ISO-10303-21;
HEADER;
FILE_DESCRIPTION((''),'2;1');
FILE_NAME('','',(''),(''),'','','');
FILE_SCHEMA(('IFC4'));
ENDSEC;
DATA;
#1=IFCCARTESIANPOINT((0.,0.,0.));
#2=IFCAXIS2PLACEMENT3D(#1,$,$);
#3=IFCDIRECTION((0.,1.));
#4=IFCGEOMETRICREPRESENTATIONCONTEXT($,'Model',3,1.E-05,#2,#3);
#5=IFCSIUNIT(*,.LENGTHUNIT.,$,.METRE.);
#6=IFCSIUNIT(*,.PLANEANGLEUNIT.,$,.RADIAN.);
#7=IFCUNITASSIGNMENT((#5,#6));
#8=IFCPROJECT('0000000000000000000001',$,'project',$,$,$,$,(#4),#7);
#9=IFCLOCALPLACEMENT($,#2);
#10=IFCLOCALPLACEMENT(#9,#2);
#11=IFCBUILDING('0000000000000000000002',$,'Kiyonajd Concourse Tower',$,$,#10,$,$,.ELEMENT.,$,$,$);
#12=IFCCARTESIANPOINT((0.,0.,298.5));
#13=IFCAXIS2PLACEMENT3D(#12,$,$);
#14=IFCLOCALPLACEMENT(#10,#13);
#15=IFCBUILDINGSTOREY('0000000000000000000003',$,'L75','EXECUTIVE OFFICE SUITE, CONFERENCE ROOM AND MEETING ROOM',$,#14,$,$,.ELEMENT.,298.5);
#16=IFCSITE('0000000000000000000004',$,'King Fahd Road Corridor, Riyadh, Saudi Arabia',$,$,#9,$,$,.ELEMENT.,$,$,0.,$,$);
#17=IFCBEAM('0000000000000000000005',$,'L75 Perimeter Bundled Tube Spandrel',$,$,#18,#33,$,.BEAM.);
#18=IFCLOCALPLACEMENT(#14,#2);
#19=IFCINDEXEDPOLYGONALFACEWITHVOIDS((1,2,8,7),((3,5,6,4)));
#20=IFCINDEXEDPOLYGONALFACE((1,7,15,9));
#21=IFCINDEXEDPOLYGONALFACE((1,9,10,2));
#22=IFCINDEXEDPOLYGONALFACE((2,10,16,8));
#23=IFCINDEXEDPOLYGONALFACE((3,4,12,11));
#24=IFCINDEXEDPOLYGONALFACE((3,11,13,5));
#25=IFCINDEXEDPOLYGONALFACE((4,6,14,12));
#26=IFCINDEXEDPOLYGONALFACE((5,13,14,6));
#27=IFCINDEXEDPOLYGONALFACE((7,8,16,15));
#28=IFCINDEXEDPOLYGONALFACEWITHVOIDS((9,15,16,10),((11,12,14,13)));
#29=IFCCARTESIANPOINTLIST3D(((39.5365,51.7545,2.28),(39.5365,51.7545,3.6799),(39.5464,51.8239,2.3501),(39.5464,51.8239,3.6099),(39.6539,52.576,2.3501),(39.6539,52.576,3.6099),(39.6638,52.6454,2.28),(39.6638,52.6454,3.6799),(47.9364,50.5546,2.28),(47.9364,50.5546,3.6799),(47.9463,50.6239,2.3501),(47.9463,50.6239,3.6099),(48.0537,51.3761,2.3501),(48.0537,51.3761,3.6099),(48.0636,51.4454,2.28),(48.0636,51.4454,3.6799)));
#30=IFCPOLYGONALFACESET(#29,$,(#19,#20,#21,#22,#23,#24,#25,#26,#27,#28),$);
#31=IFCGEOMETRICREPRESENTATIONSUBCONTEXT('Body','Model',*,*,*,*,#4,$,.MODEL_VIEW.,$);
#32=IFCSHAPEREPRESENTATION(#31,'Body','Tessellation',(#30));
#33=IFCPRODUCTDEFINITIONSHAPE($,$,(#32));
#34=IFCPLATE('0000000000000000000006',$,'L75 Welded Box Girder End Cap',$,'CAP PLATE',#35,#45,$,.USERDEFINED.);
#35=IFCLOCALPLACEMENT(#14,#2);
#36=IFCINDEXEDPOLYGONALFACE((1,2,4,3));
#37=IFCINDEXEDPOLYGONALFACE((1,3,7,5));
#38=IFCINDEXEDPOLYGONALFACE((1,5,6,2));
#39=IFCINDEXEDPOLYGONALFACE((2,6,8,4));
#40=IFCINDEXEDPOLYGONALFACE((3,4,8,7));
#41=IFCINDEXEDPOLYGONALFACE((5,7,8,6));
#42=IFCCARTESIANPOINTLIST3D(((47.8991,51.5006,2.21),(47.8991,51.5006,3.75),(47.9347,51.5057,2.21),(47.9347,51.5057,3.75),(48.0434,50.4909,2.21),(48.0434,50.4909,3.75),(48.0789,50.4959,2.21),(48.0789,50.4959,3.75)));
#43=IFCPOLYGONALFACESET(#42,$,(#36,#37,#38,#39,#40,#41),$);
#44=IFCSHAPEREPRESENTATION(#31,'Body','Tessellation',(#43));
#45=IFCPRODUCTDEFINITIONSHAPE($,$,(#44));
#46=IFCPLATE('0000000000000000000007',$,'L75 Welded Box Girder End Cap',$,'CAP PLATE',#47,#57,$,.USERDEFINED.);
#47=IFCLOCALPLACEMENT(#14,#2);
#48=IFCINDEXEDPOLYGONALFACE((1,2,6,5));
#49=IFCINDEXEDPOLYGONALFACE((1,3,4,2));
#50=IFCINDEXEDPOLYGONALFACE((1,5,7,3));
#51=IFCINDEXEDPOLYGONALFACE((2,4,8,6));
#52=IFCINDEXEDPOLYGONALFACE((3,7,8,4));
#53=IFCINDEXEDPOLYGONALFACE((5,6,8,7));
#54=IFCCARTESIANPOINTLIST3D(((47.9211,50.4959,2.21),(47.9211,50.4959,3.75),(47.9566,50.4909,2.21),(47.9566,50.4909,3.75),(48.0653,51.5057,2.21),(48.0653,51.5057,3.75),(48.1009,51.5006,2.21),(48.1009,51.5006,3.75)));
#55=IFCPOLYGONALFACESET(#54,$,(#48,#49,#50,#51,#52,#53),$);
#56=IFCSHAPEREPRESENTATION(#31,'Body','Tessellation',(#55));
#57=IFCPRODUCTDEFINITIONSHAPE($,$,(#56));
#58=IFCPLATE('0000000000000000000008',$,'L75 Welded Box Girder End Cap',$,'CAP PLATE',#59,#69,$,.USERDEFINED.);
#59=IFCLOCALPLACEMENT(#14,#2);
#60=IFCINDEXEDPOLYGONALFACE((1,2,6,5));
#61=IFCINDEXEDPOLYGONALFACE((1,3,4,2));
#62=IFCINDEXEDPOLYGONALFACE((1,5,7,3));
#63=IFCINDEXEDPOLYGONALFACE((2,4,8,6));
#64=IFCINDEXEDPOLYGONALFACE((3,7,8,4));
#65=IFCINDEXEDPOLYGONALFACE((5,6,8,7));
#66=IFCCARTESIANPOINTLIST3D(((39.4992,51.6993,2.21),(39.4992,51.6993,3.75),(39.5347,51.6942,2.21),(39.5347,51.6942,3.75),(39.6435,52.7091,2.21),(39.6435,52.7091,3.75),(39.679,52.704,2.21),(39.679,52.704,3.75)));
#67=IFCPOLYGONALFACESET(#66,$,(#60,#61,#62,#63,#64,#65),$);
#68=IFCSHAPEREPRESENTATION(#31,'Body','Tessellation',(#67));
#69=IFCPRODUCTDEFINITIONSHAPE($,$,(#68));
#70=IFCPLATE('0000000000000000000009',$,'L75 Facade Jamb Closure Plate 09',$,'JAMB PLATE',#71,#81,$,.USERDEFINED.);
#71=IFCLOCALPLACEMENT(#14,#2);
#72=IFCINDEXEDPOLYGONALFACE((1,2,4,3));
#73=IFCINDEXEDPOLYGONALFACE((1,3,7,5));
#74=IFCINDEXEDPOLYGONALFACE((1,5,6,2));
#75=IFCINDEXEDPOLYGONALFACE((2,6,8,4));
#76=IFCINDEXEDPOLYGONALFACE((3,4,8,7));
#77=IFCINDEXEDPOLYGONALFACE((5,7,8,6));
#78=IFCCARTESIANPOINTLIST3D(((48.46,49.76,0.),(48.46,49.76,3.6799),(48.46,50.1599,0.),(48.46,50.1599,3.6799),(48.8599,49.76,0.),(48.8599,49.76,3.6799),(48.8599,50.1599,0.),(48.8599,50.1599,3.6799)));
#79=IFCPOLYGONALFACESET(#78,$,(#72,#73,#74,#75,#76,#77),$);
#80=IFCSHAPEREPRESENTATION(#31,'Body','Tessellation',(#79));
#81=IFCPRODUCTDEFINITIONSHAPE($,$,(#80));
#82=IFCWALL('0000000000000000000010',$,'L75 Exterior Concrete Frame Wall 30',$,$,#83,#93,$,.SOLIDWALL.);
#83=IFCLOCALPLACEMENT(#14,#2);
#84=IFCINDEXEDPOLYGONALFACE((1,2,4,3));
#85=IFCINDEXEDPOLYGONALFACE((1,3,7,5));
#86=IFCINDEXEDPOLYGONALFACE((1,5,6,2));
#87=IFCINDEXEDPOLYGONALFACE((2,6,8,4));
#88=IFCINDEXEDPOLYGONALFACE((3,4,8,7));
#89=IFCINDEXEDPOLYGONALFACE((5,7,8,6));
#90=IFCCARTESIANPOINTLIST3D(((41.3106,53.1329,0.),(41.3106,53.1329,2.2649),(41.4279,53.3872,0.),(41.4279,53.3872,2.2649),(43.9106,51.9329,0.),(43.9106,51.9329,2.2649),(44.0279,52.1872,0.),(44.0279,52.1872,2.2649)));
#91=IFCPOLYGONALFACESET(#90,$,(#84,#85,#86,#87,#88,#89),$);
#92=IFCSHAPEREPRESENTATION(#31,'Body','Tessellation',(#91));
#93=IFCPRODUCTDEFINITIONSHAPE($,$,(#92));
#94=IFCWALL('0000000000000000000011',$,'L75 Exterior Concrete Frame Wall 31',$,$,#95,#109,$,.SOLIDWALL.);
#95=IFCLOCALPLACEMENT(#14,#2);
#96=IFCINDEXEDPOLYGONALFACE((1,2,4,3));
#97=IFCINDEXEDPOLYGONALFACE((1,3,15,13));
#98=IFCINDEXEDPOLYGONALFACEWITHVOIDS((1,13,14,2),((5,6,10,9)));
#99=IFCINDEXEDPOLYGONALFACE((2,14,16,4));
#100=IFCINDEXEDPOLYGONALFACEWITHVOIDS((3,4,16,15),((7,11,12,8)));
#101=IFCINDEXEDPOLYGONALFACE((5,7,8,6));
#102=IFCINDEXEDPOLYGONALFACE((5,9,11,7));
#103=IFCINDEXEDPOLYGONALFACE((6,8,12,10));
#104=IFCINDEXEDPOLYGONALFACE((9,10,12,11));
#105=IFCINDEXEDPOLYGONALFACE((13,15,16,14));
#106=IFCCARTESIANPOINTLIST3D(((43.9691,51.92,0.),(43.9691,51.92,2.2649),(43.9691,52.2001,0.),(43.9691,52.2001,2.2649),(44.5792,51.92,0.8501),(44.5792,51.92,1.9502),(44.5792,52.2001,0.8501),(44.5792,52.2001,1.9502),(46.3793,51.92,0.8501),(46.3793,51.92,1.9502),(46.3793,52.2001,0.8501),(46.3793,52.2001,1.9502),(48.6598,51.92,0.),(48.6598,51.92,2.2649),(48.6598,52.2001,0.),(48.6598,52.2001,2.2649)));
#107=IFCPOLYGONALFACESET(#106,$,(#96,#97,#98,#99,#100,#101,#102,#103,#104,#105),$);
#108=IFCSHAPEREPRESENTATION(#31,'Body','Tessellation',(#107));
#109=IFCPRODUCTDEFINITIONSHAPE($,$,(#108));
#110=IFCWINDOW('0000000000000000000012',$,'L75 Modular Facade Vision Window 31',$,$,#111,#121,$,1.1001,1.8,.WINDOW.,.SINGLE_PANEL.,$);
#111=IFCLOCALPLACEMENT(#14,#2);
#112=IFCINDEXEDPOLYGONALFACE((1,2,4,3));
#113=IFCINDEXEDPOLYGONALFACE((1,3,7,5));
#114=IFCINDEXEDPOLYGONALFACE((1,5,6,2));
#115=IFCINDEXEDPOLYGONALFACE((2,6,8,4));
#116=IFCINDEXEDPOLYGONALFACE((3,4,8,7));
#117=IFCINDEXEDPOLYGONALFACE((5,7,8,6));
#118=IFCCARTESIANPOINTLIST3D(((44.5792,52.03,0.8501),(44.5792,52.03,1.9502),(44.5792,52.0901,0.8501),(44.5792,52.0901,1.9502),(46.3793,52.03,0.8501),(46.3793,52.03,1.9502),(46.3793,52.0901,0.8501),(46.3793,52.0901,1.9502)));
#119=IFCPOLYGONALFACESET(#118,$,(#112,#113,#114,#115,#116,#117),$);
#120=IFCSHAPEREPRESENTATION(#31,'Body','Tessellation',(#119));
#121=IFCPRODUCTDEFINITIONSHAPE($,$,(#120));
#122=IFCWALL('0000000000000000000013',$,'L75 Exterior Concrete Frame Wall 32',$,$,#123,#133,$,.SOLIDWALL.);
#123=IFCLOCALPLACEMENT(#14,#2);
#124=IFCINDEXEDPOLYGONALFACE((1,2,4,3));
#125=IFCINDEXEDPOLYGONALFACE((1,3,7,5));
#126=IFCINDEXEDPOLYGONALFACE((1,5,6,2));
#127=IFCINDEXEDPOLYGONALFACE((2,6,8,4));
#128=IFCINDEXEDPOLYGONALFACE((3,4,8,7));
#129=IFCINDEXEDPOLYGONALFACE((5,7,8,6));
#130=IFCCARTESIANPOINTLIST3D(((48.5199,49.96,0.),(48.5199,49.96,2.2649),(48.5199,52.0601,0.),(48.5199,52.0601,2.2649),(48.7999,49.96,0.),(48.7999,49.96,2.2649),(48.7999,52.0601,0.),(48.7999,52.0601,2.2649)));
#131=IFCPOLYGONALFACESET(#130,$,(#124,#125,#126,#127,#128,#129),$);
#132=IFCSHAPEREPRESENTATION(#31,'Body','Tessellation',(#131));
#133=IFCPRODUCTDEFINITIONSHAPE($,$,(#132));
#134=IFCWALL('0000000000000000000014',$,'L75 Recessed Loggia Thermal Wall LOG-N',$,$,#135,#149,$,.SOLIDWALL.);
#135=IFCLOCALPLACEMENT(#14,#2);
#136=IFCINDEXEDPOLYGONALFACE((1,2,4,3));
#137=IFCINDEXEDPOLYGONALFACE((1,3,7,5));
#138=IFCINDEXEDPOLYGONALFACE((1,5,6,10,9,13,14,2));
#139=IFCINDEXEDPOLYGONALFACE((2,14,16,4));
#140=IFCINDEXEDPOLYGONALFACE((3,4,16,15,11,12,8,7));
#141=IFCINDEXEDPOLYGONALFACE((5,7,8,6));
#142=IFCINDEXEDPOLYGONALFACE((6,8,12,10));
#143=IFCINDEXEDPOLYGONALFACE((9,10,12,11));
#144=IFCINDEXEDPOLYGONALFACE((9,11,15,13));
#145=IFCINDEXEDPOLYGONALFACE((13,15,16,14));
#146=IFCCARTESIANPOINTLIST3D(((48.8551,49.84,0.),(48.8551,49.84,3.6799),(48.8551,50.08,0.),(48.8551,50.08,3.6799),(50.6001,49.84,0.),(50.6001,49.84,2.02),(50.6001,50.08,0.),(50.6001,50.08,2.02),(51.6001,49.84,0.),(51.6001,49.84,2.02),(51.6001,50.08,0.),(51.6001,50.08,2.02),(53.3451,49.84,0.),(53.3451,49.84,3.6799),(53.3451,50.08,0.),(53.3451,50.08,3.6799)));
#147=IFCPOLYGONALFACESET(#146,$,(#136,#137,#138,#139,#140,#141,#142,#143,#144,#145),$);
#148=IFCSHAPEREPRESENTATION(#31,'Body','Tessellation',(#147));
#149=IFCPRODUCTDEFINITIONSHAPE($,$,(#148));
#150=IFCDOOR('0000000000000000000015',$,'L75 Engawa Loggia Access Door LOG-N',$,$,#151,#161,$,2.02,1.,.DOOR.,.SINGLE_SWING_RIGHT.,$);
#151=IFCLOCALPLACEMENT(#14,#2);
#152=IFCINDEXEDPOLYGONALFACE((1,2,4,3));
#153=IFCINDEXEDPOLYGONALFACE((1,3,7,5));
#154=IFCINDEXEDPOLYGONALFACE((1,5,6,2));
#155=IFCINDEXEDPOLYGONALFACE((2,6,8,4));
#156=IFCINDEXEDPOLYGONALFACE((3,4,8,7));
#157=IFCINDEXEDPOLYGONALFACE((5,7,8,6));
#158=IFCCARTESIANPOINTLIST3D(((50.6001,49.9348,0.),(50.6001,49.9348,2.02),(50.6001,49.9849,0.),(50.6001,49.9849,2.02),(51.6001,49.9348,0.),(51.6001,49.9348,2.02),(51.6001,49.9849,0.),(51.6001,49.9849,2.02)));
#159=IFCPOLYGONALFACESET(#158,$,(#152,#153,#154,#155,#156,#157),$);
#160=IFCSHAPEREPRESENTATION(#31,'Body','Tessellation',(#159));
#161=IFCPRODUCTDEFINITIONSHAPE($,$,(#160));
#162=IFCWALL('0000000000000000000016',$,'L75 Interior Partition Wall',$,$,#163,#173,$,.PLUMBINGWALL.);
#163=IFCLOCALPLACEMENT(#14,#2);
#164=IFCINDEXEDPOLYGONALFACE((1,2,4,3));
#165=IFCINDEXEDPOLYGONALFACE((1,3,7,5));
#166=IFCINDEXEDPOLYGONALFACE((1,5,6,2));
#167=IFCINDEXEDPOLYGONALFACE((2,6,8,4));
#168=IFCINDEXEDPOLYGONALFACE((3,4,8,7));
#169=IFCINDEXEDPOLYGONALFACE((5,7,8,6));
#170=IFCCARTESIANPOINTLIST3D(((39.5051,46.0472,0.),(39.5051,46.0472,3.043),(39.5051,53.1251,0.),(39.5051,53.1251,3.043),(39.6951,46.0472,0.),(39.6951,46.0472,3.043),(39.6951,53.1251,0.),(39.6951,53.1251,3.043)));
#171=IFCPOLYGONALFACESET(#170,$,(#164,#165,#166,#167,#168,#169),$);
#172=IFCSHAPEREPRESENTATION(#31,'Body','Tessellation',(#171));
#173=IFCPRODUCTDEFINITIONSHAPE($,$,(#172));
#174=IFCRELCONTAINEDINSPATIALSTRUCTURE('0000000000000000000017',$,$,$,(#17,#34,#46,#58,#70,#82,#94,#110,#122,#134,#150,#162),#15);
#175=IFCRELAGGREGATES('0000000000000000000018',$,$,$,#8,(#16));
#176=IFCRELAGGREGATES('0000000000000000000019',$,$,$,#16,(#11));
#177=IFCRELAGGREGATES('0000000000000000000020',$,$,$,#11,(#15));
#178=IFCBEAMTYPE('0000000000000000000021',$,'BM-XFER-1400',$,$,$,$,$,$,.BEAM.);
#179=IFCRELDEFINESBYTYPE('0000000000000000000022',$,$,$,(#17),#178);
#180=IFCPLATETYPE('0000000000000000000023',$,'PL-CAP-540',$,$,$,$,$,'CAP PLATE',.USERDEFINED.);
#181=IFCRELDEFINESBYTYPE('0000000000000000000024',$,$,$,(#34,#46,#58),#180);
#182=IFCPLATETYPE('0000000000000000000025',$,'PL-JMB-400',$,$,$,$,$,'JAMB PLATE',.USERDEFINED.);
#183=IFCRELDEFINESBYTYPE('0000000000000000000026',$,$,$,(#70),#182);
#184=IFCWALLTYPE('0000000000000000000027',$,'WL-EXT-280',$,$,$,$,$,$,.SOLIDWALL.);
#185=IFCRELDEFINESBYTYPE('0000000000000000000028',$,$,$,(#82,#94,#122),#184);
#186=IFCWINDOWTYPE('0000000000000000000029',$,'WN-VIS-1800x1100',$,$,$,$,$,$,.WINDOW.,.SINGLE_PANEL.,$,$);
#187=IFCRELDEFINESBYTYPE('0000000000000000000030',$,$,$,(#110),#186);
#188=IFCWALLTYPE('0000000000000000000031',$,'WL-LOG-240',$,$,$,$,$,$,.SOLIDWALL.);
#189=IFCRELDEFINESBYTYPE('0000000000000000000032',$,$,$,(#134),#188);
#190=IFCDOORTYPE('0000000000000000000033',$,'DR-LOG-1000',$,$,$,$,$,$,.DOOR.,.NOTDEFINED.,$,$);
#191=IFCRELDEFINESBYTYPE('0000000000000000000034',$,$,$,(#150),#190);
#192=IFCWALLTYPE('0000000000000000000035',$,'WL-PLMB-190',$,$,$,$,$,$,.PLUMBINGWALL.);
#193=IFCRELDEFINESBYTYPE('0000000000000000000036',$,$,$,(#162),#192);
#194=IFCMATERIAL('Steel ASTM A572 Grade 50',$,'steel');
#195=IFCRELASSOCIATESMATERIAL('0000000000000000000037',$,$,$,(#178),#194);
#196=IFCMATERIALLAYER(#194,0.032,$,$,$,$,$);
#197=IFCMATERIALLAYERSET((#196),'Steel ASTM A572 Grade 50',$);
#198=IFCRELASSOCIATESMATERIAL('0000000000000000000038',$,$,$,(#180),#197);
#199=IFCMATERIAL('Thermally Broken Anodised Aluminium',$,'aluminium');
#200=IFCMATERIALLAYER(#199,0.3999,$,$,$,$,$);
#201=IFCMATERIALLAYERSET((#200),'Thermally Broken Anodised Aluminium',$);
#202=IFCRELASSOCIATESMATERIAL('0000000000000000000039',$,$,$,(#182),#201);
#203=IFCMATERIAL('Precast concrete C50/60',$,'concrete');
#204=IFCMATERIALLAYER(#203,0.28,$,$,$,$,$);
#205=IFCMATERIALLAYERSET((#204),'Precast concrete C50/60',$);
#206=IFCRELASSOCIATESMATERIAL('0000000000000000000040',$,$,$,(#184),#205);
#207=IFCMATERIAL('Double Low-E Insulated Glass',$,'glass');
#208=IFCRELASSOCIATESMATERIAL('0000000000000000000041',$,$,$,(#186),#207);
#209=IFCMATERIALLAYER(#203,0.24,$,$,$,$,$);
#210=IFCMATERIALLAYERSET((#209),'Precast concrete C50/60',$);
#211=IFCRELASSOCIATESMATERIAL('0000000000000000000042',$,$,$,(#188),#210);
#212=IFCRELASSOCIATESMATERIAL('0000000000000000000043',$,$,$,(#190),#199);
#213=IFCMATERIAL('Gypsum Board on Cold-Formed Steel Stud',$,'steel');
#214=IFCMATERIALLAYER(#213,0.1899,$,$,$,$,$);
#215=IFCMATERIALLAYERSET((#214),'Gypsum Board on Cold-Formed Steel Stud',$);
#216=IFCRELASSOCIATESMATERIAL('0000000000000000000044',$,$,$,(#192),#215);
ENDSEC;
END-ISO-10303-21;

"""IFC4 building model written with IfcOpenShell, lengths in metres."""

from ifc_helpers import new_model, si_unit, direction, frame, frame_2d, origin, origin_2d, place, context, subcontext, project, spatial, rectangle, hollow_rectangle, extrude, material, layer, layer_set, material_profile, profile_set, type_object, element, fill, save


model = new_model("IFC4")

# Units and contexts
model_context = context("Model", 3, precision=1e-05, world=origin(), true_north=direction((0.0, 1.0)))
body_context = subcontext(model_context, "Body", "Model", "MODEL_VIEW")
ifc_project = project(units=[si_unit("LENGTHUNIT", "METRE"), si_unit("PLANEANGLEUNIT", "RADIAN")], contexts=[model_context])

# Site, building, storey
site_placement = place(None, origin())
site = spatial("IfcSite", under=ifc_project, at=site_placement, Name="King Fahd Road Corridor, Riyadh, Saudi Arabia", CompositionType="ELEMENT", RefElevation=0.0)
building_placement = place(site_placement, origin())
building = spatial("IfcBuilding", under=site, at=building_placement, Name="Kiyonajd Concourse Tower", CompositionType="ELEMENT")
storey_placement = place(building_placement, frame((0.0, 0.0, 298.5)))
storey = spatial("IfcBuildingStorey", under=building, at=storey_placement, Name="L75", Description="EXECUTIVE OFFICE SUITE, CONFERENCE ROOM AND MEETING ROOM", CompositionType="ELEMENT", Elevation=298.5)

# Beam
ifc_material_1 = material(Name="Steel ASTM A572 Grade 50", Category="steel")
ifc_material_profile_1 = material_profile(ifc_material_1, hollow_rectangle(XDim=0.8999, YDim=1.3999, WallThickness=0.0701, at=origin_2d()), Name="BOX-1400x900x70")
ifc_profile_set_1 = profile_set([ifc_material_profile_1], Name="Steel ASTM A572 Grade 50")
beam_type_1 = type_object("IfcBeamType", Name="BM-XFER-1400", PredefinedType="BEAM", material=ifc_profile_set_1)
beam_1_placement = place(storey_placement, frame((48.0, 51.0, 2.98), z_axis=(-0.98995, 0.141417, 0.0), x_axis=(-0.141417, -0.98995, 0.0)))
element("IfcBeam", 1, at=beam_1_placement, inside=storey, type_object=beam_type_1, Name="L75 Perimeter Bundled Tube Spandrel", PredefinedType="BEAM", context=body_context, shape_type="SweptSolid", body=[
    extrude(hollow_rectangle(XDim=0.8999, YDim=1.3999, WallThickness=0.0701, at=origin_2d()), origin(), (0.0, 0.0, 1.0), 8.4851),
])

# Plates
ifc_layer_1 = layer(ifc_material_1, 0.032)
ifc_layer_set_1 = layer_set([ifc_layer_1], Name="Steel ASTM A572 Grade 50")
plate_type_1 = type_object("IfcPlateType", Name="PL-CAP-540", ElementType="CAP PLATE", PredefinedType="USERDEFINED", material=ifc_layer_set_1)
for number, where, z_axis, x_axis, name in (
    (2, (47.989, 50.9983, 2.21), (0.0, 0.0, 1.0), (-0.98995, -0.14142, 0.0), "L75 Welded Box Girder End Cap"),
    (3, (48.011, 50.9983, 2.21), (0.0, 0.0, 1.0), (0.98995, -0.14142, 0.0), "L75 Welded Box Girder End Cap"),
    (4, (39.5891, 52.2017, 2.21), (0.0, 0.0, 1.0), (-0.98995, 0.14142, 0.0), "L75 Welded Box Girder End Cap"),
):
    element("IfcPlate", number, at=place(storey_placement, frame(where, z_axis=z_axis, x_axis=x_axis)), inside=storey, type_object=plate_type_1, Name=name, ObjectType="CAP PLATE", PredefinedType="USERDEFINED", context=body_context, shape_type="SweptSolid", body=[
        extrude(rectangle(XDim=0.0359, YDim=1.02, at=origin_2d()), origin(), (0.0, 0.0, 1.0), 1.54),
    ])
ifc_material_2 = material(Name="Thermally Broken Anodised Aluminium", Category="aluminium")
ifc_layer_2 = layer(ifc_material_2, 0.3999)
ifc_layer_set_2 = layer_set([ifc_layer_2], Name="Thermally Broken Anodised Aluminium")
plate_type_2 = type_object("IfcPlateType", Name="PL-JMB-400", ElementType="JAMB PLATE", PredefinedType="USERDEFINED", material=ifc_layer_set_2)
plate_placement = place(storey_placement, frame((48.6599, 49.96, 0.0), z_axis=(0.0, 0.0, 1.0), x_axis=(1.0, 0.0, 0.0)))
element("IfcPlate", 5, at=plate_placement, inside=storey, type_object=plate_type_2, Name="L75 Facade Jamb Closure Plate 09", ObjectType="JAMB PLATE", PredefinedType="USERDEFINED", context=body_context, shape_type="SweptSolid", body=[
    extrude(rectangle(XDim=0.3999, YDim=0.3999, at=origin_2d()), origin(), (0.0, 0.0, 1.0), 3.6799),
])

# Wall
ifc_material_3 = material(Name="Precast concrete C50/60", Category="concrete")
ifc_layer_3 = layer(ifc_material_3, 0.28)
ifc_layer_set_3 = layer_set([ifc_layer_3], Name="Precast concrete C50/60")
wall_type_1 = type_object("IfcWallType", Name="WL-EXT-280", PredefinedType="SOLIDWALL", material=ifc_layer_set_3)
wall_1_placement = place(storey_placement, frame((41.3694, 53.26, 0.0), z_axis=(0.0, 0.0, 1.0), x_axis=(0.907957, -0.419064, 0.0)))
element("IfcWall", 6, at=wall_1_placement, inside=storey, type_object=wall_type_1, Name="L75 Exterior Concrete Frame Wall 30", PredefinedType="SOLIDWALL", context=body_context, shape_type="SweptSolid", body=[
    extrude(rectangle(XDim=2.8635, YDim=0.28, at=frame_2d((1.4316, 0.0))), origin(), (0.0, 0.0, 1.0), 2.2649),
])

# Wall, opening, window
wall_2_placement = place(storey_placement, frame((43.9692, 52.0601, 0.0), z_axis=(0.0, 0.0, 1.0), x_axis=(1.0, 0.0, 0.0)))
wall_2 = element("IfcWall", 7, at=wall_2_placement, inside=storey, type_object=wall_type_1, Name="L75 Exterior Concrete Frame Wall 31", PredefinedType="SOLIDWALL", context=body_context, shape_type="SweptSolid", body=[
    extrude(rectangle(XDim=4.6907, YDim=0.28, at=frame_2d((2.3452, 0.0))), origin(), (0.0, 0.0, 1.0), 2.2649),
])
opening_1_placement = place(wall_2_placement, frame((0.6101, 0.0, 0.8501)))
opening_1 = element("IfcOpeningElement", 8, at=opening_1_placement, cuts=wall_2, PredefinedType="OPENING", context=body_context, shape_type="SweptSolid", body=[
    extrude(rectangle(XDim=1.8, YDim=1.1001, at=frame_2d((0.8999, 0.55))), frame((0.0, 0.1499, 0.0), z_axis=(0.0, -1.0, 0.0), x_axis=(1.0, 0.0, 0.0)), (0.0, 0.0, 1.0), 0.3),
])
ifc_material_4 = material(Name="Double Low-E Insulated Glass", Category="glass")
window_type = type_object("IfcWindowType", Name="WN-VIS-1800x1100", PartitioningType="SINGLE_PANEL", PredefinedType="WINDOW", material=ifc_material_4)
window_placement = place(opening_1_placement, origin())
window = element("IfcWindow", 9, at=window_placement, inside=storey, type_object=window_type, Name="L75 Modular Facade Vision Window 31", OverallHeight=1.1001, OverallWidth=1.8, PartitioningType="SINGLE_PANEL", PredefinedType="WINDOW", context=body_context, shape_type="SweptSolid", body=[
    extrude(rectangle(XDim=1.8, YDim=1.1001, at=frame_2d((0.8999, 0.55))), frame((0.0, 0.03, 0.0), z_axis=(0.0, -1.0, 0.0), x_axis=(1.0, 0.0, 0.0)), (0.0, 0.0, 1.0), 0.0601),
])
fill(opening_1, window)

# Wall
wall_3_placement = place(storey_placement, frame((48.6599, 52.0601, 0.0), z_axis=(0.0, 0.0, 1.0), x_axis=(0.0, -1.0, 0.0)))
element("IfcWall", 10, at=wall_3_placement, inside=storey, type_object=wall_type_1, Name="L75 Exterior Concrete Frame Wall 32", PredefinedType="SOLIDWALL", context=body_context, shape_type="SweptSolid", body=[
    extrude(rectangle(XDim=2.1001, YDim=0.28, at=frame_2d((1.05, 0.0))), origin(), (0.0, 0.0, 1.0), 2.2649),
])

# Wall, opening, door
ifc_layer_4 = layer(ifc_material_3, 0.24)
ifc_layer_set_4 = layer_set([ifc_layer_4], Name="Precast concrete C50/60")
wall_type_2 = type_object("IfcWallType", Name="WL-LOG-240", PredefinedType="SOLIDWALL", material=ifc_layer_set_4)
wall_4_placement = place(storey_placement, frame((48.855, 49.96, 0.0), z_axis=(0.0, 0.0, 1.0), x_axis=(1.0, 0.0, 0.0)))
wall_4 = element("IfcWall", 11, at=wall_4_placement, inside=storey, type_object=wall_type_2, Name="L75 Recessed Loggia Thermal Wall LOG-N", PredefinedType="SOLIDWALL", context=body_context, shape_type="SweptSolid", body=[
    extrude(rectangle(XDim=4.49, YDim=0.24, at=frame_2d((2.2451, 0.0))), origin(), (0.0, 0.0, 1.0), 3.6799),
])
opening_2_placement = place(wall_4_placement, frame((1.7451, 0.0, 0.0)))
opening_2 = element("IfcOpeningElement", 12, at=opening_2_placement, cuts=wall_4, PredefinedType="OPENING", context=body_context, shape_type="SweptSolid", body=[
    extrude(rectangle(XDim=1.0, YDim=2.02, at=frame_2d((0.5, 1.01))), frame((0.0, 0.1299, 0.0), z_axis=(0.0, -1.0, 0.0), x_axis=(1.0, 0.0, 0.0)), (0.0, 0.0, 1.0), 0.26),
])
door_type = type_object("IfcDoorType", Name="DR-LOG-1000", OperationType="NOTDEFINED", PredefinedType="DOOR", material=ifc_material_2)
door_placement = place(opening_2_placement, origin())
door = element("IfcDoor", 13, at=door_placement, inside=storey, type_object=door_type, Name="L75 Engawa Loggia Access Door LOG-N", OperationType="SINGLE_SWING_RIGHT", OverallHeight=2.02, OverallWidth=1.0, PredefinedType="DOOR", context=body_context, shape_type="SweptSolid", body=[
    extrude(rectangle(XDim=1.0, YDim=2.02, at=frame_2d((0.5, 1.01))), frame((0.0, 0.0249, 0.0), z_axis=(0.0, -1.0, 0.0), x_axis=(1.0, 0.0, 0.0)), (0.0, 0.0, 1.0), 0.05),
])
fill(opening_2, door)

# Wall
ifc_material_5 = material(Name="Gypsum Board on Cold-Formed Steel Stud", Category="steel")
ifc_layer_5 = layer(ifc_material_5, 0.1899)
ifc_layer_set_5 = layer_set([ifc_layer_5], Name="Gypsum Board on Cold-Formed Steel Stud")
wall_type_3 = type_object("IfcWallType", Name="WL-PLMB-190", PredefinedType="PLUMBINGWALL", material=ifc_layer_set_5)
wall_5_placement = place(storey_placement, frame((39.6001, 46.0471, 0.0), z_axis=(0.0, 0.0, 1.0), x_axis=(0.0, 1.0, 0.0)))
element("IfcWall", 14, at=wall_5_placement, inside=storey, type_object=wall_type_3, Name="L75 Interior Partition Wall", PredefinedType="PLUMBINGWALL", context=body_context, shape_type="SweptSolid", body=[
    extrude(rectangle(XDim=7.0779, YDim=0.1899, at=frame_2d((3.5391, 0.0))), origin(), (0.0, 0.0, 1.0), 3.043),
])

save(model, "model.ifc")
